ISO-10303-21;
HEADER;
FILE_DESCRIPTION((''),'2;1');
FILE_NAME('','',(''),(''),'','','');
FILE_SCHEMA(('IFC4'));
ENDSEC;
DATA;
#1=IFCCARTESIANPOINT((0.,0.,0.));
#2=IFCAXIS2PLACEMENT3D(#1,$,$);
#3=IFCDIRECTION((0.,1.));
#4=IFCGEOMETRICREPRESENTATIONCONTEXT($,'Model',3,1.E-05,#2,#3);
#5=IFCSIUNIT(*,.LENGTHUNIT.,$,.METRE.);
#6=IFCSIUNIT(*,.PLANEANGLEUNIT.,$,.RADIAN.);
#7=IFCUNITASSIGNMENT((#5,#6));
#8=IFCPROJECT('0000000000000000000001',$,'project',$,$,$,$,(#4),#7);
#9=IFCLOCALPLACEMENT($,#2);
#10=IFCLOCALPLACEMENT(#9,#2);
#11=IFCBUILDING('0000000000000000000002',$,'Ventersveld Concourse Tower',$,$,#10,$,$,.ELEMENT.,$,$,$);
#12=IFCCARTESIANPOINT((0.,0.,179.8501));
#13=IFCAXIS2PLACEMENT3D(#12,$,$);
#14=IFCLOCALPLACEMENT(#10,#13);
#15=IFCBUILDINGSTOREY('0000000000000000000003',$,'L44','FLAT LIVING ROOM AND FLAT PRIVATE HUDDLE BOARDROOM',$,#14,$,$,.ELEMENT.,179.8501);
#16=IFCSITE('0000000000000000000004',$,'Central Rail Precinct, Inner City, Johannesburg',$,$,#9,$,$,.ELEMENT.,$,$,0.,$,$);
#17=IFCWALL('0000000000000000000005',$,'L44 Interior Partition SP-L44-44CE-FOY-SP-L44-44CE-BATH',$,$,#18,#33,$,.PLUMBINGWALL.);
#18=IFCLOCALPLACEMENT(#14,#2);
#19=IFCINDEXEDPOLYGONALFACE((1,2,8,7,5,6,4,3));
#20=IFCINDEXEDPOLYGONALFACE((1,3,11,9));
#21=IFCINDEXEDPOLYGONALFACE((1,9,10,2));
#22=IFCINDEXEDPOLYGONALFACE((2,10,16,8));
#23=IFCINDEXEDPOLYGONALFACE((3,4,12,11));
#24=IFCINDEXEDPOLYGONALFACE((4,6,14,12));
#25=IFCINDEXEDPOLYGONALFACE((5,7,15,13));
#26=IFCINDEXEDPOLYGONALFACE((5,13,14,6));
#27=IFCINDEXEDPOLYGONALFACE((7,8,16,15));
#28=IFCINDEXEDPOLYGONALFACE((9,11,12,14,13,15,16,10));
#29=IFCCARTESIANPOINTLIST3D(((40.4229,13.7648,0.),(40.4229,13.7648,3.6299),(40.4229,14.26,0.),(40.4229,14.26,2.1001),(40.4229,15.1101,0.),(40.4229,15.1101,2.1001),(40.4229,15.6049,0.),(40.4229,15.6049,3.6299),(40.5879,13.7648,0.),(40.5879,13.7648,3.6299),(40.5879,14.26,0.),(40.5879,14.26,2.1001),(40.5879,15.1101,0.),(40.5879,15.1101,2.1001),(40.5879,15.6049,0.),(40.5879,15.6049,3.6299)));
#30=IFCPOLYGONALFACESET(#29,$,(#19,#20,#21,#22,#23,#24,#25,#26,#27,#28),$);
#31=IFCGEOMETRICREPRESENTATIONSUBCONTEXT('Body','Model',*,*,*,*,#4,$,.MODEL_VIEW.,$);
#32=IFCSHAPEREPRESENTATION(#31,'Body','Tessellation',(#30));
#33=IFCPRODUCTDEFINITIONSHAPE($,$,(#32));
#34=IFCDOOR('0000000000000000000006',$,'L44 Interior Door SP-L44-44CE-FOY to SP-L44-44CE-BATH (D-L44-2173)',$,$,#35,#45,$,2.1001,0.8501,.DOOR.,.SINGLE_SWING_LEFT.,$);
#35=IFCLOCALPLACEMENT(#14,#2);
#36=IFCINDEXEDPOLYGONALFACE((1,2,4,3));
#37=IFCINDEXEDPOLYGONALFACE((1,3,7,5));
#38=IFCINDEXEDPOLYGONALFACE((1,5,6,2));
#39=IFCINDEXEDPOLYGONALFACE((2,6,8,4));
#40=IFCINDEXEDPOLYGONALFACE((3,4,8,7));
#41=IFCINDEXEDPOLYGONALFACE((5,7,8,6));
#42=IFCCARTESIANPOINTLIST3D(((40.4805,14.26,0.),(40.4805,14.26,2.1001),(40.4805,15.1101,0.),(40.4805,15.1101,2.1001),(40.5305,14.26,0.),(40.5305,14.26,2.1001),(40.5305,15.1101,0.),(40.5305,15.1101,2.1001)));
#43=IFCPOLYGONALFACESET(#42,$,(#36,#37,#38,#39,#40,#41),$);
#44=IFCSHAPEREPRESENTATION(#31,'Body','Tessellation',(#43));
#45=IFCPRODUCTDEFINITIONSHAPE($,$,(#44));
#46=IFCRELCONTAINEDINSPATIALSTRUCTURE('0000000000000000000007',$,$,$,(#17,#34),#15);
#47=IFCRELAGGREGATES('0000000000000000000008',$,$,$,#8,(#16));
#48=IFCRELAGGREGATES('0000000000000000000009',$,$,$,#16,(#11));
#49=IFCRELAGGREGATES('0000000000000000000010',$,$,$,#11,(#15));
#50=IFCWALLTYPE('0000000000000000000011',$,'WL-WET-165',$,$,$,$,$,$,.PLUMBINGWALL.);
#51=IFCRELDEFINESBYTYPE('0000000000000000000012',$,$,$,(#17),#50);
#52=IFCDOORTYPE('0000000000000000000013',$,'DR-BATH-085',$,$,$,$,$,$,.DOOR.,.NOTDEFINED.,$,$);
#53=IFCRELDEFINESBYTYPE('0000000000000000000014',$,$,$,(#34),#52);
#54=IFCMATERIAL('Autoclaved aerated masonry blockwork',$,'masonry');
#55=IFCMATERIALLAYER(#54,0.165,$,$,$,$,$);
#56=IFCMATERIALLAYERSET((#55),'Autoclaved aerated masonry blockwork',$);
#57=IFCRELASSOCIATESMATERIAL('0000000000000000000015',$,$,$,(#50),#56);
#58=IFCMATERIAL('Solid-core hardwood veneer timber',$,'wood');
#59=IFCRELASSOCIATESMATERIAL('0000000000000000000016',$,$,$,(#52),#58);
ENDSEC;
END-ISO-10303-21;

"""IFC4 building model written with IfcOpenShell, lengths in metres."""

from ifc_helpers import new_model, si_unit, direction, frame, frame_2d, origin, place, context, subcontext, project, spatial, rectangle, extrude, material, layer, layer_set, type_object, element, fill, save


model = new_model("IFC4")

# Units and contexts
model_context = context("Model", 3, precision=1e-05, world=origin(), true_north=direction((0.0, 1.0)))
body_context = subcontext(model_context, "Body", "Model", "MODEL_VIEW")
ifc_project = project(units=[si_unit("LENGTHUNIT", "METRE"), si_unit("PLANEANGLEUNIT", "RADIAN")], contexts=[model_context])

# Site, building, storey
site_placement = place(None, origin())
site = spatial("IfcSite", under=ifc_project, at=site_placement, Name="Central Rail Precinct, Inner City, Johannesburg", CompositionType="ELEMENT", RefElevation=0.0)
building_placement = place(site_placement, origin())
building = spatial("IfcBuilding", under=site, at=building_placement, Name="Ventersveld Concourse Tower", CompositionType="ELEMENT")
storey_placement = place(building_placement, frame((0.0, 0.0, 179.8501)))
storey = spatial("IfcBuildingStorey", under=building, at=storey_placement, Name="L44", Description="FLAT LIVING ROOM AND FLAT PRIVATE HUDDLE BOARDROOM", CompositionType="ELEMENT", Elevation=179.8501)

# Shared definitions
ifc_material_1 = material(Name="Solid-core hardwood veneer timber", Category="wood")

# Shared definitions
ifc_material_2 = material(Name="Autoclaved aerated masonry blockwork", Category="masonry")

# Wall, opening, door
ifc_layer_1 = layer(ifc_material_2, 0.165)
ifc_layer_set_1 = layer_set([ifc_layer_1], Name="Autoclaved aerated masonry blockwork")
wall_type_1 = type_object("IfcWallType", Name="WL-WET-165", PredefinedType="PLUMBINGWALL", material=ifc_layer_set_1)
wall_1_placement = place(storey_placement, frame((40.5054, 13.7649, 0.0), z_axis=(0.0, 0.0, 1.0), x_axis=(0.0, 1.0, 0.0)))
wall_1 = element("IfcWall", 1, at=wall_1_placement, inside=storey, type_object=wall_type_1, Name="L44 Interior Partition SP-L44-44CE-FOY-SP-L44-44CE-BATH", PredefinedType="PLUMBINGWALL", context=body_context, shape_type="SweptSolid", body=[
    extrude(rectangle(XDim=1.8401, YDim=0.165, at=frame_2d((0.9199, 0.0))), origin(), (0.0, 0.0, 1.0), 3.6299),
])
opening_1_placement = place(wall_1_placement, frame((0.4951, 0.0, 0.0)))
opening_1 = element("IfcOpeningElement", 2, at=opening_1_placement, cuts=wall_1, PredefinedType="OPENING", context=body_context, shape_type="SweptSolid", body=[
    extrude(rectangle(XDim=0.8501, YDim=2.1001, at=frame_2d((0.425, 1.05))), frame((0.0, 0.0925, 0.0), z_axis=(0.0, -1.0, 0.0), x_axis=(1.0, 0.0, 0.0)), (0.0, 0.0, 1.0), 0.1851),
])
door_type_1 = type_object("IfcDoorType", Name="DR-BATH-085", OperationType="NOTDEFINED", PredefinedType="DOOR", material=ifc_material_1)
door_1_placement = place(opening_1_placement, origin())
door_1 = element("IfcDoor", 3, at=door_1_placement, inside=storey, type_object=door_type_1, Name="L44 Interior Door SP-L44-44CE-FOY to SP-L44-44CE-BATH (D-L44-2173)", OperationType="SINGLE_SWING_LEFT", OverallHeight=2.1001, OverallWidth=0.8501, PredefinedType="DOOR", context=body_context, shape_type="SweptSolid", body=[
    extrude(rectangle(XDim=0.8501, YDim=2.1001, at=frame_2d((0.425, 1.05))), frame((0.0, 0.0249, 0.0), z_axis=(0.0, -1.0, 0.0), x_axis=(1.0, 0.0, 0.0)), (0.0, 0.0, 1.0), 0.05),
])
fill(opening_1, door_1)

save(model, "model.ifc")
